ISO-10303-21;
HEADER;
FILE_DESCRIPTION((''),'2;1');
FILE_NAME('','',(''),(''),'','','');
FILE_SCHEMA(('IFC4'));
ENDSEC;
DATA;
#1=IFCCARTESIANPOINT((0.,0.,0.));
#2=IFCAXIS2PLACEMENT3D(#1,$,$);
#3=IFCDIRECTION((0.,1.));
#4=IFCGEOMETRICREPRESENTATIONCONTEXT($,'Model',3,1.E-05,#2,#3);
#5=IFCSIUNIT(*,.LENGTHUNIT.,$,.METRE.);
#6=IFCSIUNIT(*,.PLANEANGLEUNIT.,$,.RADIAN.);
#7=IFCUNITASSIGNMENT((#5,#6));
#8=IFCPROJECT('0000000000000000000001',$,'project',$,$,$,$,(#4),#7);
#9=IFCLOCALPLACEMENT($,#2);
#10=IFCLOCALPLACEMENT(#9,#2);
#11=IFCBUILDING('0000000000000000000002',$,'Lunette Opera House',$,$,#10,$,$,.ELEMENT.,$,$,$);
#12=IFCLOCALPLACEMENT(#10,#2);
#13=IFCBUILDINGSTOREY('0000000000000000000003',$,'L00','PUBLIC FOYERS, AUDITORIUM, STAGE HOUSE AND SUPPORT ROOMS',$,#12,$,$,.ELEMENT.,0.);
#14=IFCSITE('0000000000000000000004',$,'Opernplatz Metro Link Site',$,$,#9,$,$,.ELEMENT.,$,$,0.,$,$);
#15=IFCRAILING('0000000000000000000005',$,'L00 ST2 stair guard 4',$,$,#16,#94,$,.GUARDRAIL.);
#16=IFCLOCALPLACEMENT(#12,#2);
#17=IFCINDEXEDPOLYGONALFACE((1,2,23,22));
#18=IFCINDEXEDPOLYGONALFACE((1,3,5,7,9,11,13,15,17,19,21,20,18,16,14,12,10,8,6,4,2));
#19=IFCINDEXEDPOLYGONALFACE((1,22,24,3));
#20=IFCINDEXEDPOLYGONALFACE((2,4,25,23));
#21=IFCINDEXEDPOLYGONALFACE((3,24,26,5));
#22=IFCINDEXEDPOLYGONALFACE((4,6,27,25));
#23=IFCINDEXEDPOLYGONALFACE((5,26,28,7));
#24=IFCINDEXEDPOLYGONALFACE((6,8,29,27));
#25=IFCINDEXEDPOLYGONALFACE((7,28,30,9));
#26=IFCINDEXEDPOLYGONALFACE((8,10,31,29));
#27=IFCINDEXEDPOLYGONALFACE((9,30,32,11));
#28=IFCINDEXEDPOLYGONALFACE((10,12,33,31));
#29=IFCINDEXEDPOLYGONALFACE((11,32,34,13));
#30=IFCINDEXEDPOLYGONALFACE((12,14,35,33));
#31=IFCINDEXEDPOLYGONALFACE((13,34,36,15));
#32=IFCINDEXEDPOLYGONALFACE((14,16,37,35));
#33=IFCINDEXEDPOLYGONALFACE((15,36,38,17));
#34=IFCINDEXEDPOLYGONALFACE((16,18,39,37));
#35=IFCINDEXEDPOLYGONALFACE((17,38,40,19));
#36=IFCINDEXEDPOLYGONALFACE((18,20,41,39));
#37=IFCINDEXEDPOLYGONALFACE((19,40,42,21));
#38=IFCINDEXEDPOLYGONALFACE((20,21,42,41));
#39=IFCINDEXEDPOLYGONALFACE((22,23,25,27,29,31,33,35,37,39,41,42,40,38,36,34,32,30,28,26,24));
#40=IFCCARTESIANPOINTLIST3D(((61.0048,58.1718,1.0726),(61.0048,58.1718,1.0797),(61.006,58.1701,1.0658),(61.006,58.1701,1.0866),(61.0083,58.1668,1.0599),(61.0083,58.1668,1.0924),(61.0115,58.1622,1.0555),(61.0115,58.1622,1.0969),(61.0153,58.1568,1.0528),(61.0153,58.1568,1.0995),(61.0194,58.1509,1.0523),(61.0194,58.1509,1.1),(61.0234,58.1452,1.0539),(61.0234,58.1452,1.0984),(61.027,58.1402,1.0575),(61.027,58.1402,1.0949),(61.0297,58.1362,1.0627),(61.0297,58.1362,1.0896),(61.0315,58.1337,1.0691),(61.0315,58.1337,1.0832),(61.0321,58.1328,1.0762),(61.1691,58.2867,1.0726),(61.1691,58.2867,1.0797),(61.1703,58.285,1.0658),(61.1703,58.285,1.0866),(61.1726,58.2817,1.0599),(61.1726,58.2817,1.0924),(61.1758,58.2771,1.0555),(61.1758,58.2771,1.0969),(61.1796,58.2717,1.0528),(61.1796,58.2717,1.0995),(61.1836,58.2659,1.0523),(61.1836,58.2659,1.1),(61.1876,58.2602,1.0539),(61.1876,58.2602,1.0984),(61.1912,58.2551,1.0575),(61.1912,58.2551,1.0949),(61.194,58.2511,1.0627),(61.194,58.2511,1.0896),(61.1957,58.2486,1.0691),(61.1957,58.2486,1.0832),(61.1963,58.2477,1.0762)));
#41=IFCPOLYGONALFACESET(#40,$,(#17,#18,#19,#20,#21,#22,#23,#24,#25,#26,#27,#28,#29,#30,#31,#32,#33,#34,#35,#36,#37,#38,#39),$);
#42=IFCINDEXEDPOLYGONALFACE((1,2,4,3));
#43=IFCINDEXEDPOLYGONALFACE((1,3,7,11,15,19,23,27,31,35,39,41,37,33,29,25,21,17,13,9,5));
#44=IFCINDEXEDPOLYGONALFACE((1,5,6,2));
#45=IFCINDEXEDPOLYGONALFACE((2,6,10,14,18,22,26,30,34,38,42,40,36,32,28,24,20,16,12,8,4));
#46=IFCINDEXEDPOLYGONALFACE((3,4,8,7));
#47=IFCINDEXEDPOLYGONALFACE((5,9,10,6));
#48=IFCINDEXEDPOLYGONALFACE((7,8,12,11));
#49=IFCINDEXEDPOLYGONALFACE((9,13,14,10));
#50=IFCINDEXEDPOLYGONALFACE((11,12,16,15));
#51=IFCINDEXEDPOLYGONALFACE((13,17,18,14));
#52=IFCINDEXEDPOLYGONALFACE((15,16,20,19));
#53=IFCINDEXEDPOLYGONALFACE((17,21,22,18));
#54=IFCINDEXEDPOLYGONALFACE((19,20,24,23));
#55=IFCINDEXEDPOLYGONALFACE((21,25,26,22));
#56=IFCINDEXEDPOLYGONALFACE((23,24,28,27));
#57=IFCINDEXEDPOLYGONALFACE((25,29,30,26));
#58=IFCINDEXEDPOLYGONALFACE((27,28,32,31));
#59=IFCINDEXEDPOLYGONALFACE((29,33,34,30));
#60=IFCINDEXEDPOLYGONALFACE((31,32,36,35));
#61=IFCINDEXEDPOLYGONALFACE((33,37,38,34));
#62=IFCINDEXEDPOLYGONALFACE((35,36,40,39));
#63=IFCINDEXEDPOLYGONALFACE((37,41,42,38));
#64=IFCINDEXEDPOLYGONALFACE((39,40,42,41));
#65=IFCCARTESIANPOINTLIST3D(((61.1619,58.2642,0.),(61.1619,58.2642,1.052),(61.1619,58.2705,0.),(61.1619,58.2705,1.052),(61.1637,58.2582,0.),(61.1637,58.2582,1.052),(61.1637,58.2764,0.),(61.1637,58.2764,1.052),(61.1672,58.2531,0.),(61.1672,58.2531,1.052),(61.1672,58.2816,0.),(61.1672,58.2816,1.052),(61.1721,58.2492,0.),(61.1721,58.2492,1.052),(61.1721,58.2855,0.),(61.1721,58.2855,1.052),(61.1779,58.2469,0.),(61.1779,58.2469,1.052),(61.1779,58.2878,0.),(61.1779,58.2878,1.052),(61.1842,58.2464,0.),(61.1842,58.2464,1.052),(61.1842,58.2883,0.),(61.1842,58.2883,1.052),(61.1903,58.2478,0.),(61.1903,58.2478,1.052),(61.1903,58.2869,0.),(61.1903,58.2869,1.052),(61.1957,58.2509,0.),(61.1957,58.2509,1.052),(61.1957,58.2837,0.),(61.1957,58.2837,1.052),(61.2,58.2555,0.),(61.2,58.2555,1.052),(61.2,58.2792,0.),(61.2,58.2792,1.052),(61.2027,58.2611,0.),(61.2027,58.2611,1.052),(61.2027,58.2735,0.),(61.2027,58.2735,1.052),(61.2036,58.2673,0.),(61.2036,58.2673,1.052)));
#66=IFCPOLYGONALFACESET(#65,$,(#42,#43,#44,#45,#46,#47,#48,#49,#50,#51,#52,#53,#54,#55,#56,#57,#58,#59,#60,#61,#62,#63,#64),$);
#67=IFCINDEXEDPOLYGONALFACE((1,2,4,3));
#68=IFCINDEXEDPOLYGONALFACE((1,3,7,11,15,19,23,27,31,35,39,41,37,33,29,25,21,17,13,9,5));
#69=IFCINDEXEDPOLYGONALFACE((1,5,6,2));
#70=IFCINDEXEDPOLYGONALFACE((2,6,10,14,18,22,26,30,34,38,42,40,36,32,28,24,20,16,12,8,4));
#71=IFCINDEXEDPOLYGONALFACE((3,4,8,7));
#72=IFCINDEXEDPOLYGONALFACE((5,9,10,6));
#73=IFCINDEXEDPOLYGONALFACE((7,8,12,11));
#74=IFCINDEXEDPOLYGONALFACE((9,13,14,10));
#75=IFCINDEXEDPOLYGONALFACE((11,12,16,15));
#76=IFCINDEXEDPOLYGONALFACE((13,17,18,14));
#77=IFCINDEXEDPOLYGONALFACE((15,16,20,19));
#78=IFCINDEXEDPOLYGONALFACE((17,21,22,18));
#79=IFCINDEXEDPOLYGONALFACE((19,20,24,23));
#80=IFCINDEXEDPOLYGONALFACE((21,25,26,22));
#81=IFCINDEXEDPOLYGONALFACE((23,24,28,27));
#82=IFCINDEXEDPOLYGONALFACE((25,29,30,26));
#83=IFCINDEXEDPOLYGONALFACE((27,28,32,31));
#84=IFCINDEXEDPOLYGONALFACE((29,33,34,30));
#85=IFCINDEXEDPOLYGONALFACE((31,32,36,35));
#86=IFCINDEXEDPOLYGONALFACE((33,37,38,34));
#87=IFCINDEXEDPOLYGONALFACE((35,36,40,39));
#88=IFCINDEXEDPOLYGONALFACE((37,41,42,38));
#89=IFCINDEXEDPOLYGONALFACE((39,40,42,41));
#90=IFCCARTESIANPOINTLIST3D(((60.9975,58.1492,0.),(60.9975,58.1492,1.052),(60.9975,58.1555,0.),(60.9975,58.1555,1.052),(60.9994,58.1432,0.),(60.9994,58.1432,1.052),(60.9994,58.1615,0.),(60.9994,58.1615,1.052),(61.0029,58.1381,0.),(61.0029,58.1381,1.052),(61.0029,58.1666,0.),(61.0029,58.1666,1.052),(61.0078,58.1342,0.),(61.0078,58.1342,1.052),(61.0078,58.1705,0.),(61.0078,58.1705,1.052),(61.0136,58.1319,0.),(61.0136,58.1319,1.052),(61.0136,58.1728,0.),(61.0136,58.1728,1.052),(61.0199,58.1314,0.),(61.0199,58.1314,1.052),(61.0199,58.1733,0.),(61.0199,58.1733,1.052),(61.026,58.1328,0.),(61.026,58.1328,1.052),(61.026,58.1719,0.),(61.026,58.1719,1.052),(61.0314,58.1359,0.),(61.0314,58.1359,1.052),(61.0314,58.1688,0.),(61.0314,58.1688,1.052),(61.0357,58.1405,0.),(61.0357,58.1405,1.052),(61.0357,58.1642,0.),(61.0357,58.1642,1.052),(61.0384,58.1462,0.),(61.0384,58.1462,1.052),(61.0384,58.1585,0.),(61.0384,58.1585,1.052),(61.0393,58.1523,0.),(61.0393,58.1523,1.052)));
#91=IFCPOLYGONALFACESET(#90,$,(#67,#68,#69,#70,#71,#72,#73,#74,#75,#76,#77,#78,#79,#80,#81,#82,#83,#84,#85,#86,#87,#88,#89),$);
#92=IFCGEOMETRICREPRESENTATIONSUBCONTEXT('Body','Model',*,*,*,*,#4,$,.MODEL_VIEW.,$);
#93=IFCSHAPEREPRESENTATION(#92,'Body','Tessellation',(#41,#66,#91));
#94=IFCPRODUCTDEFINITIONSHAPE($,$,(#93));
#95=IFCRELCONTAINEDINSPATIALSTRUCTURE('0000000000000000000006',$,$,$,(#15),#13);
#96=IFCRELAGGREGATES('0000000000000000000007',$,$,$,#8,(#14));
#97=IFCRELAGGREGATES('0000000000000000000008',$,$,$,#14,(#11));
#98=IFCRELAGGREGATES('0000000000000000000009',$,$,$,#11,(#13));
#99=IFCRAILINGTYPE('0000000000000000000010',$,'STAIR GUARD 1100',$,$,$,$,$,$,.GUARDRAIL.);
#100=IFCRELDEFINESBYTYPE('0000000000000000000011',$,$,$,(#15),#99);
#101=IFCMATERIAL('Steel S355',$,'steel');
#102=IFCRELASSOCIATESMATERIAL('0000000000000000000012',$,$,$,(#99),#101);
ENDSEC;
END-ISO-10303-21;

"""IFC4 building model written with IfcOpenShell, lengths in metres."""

from ifc_helpers import new_model, si_unit, direction, frame, origin, origin_2d, place, context, subcontext, project, spatial, circle, extrude, material, type_object, element, save


model = new_model("IFC4")

# Units and contexts
model_context = context("Model", 3, precision=1e-05, world=origin(), true_north=direction((0.0, 1.0)))
body_context = subcontext(model_context, "Body", "Model", "MODEL_VIEW")
ifc_project = project(units=[si_unit("LENGTHUNIT", "METRE"), si_unit("PLANEANGLEUNIT", "RADIAN")], contexts=[model_context])

# Site, building, storey
site_placement = place(None, origin())
site = spatial("IfcSite", under=ifc_project, at=site_placement, Name="Opernplatz Metro Link Site", CompositionType="ELEMENT", RefElevation=0.0)
building_placement = place(site_placement, origin())
building = spatial("IfcBuilding", under=site, at=building_placement, Name="Lunette Opera House", CompositionType="ELEMENT")
storey_placement = place(building_placement, origin())
storey = spatial("IfcBuildingStorey", under=building, at=storey_placement, Name="L00", Description="PUBLIC FOYERS, AUDITORIUM, STAGE HOUSE AND SUPPORT ROOMS", CompositionType="ELEMENT", Elevation=0.0)

# Railing
ifc_material_1 = material(Name="Steel S355", Category="steel")
railing_type_1 = type_object("IfcRailingType", Name="STAIR GUARD 1100", PredefinedType="GUARDRAIL", material=ifc_material_1)
railing_1_placement = place(storey_placement, frame((61.1826, 58.2673, 0.0)))
element("IfcRailing", 1, at=railing_1_placement, inside=storey, type_object=railing_type_1, Name="L00 ST2 stair guard 4", PredefinedType="GUARDRAIL", context=body_context, shape_type="SweptSolid", body=[
    extrude(circle(Radius=0.0239, at=origin_2d()), frame((0.0, 0.0, 1.0762), z_axis=(-0.819289, -0.573381, 0.0), x_axis=(0.573381, -0.819289, 0.0)), (0.0, 0.0, 1.0), 0.2004),
    extrude(circle(Radius=0.021, at=origin_2d()), origin(), (0.0, 0.0, 1.0), 1.052),
    extrude(circle(Radius=0.021, at=origin_2d()), frame((-0.1643, -0.115, 0.0)), (0.0, 0.0, 1.0), 1.052),
])

save(model, "model.ifc")
